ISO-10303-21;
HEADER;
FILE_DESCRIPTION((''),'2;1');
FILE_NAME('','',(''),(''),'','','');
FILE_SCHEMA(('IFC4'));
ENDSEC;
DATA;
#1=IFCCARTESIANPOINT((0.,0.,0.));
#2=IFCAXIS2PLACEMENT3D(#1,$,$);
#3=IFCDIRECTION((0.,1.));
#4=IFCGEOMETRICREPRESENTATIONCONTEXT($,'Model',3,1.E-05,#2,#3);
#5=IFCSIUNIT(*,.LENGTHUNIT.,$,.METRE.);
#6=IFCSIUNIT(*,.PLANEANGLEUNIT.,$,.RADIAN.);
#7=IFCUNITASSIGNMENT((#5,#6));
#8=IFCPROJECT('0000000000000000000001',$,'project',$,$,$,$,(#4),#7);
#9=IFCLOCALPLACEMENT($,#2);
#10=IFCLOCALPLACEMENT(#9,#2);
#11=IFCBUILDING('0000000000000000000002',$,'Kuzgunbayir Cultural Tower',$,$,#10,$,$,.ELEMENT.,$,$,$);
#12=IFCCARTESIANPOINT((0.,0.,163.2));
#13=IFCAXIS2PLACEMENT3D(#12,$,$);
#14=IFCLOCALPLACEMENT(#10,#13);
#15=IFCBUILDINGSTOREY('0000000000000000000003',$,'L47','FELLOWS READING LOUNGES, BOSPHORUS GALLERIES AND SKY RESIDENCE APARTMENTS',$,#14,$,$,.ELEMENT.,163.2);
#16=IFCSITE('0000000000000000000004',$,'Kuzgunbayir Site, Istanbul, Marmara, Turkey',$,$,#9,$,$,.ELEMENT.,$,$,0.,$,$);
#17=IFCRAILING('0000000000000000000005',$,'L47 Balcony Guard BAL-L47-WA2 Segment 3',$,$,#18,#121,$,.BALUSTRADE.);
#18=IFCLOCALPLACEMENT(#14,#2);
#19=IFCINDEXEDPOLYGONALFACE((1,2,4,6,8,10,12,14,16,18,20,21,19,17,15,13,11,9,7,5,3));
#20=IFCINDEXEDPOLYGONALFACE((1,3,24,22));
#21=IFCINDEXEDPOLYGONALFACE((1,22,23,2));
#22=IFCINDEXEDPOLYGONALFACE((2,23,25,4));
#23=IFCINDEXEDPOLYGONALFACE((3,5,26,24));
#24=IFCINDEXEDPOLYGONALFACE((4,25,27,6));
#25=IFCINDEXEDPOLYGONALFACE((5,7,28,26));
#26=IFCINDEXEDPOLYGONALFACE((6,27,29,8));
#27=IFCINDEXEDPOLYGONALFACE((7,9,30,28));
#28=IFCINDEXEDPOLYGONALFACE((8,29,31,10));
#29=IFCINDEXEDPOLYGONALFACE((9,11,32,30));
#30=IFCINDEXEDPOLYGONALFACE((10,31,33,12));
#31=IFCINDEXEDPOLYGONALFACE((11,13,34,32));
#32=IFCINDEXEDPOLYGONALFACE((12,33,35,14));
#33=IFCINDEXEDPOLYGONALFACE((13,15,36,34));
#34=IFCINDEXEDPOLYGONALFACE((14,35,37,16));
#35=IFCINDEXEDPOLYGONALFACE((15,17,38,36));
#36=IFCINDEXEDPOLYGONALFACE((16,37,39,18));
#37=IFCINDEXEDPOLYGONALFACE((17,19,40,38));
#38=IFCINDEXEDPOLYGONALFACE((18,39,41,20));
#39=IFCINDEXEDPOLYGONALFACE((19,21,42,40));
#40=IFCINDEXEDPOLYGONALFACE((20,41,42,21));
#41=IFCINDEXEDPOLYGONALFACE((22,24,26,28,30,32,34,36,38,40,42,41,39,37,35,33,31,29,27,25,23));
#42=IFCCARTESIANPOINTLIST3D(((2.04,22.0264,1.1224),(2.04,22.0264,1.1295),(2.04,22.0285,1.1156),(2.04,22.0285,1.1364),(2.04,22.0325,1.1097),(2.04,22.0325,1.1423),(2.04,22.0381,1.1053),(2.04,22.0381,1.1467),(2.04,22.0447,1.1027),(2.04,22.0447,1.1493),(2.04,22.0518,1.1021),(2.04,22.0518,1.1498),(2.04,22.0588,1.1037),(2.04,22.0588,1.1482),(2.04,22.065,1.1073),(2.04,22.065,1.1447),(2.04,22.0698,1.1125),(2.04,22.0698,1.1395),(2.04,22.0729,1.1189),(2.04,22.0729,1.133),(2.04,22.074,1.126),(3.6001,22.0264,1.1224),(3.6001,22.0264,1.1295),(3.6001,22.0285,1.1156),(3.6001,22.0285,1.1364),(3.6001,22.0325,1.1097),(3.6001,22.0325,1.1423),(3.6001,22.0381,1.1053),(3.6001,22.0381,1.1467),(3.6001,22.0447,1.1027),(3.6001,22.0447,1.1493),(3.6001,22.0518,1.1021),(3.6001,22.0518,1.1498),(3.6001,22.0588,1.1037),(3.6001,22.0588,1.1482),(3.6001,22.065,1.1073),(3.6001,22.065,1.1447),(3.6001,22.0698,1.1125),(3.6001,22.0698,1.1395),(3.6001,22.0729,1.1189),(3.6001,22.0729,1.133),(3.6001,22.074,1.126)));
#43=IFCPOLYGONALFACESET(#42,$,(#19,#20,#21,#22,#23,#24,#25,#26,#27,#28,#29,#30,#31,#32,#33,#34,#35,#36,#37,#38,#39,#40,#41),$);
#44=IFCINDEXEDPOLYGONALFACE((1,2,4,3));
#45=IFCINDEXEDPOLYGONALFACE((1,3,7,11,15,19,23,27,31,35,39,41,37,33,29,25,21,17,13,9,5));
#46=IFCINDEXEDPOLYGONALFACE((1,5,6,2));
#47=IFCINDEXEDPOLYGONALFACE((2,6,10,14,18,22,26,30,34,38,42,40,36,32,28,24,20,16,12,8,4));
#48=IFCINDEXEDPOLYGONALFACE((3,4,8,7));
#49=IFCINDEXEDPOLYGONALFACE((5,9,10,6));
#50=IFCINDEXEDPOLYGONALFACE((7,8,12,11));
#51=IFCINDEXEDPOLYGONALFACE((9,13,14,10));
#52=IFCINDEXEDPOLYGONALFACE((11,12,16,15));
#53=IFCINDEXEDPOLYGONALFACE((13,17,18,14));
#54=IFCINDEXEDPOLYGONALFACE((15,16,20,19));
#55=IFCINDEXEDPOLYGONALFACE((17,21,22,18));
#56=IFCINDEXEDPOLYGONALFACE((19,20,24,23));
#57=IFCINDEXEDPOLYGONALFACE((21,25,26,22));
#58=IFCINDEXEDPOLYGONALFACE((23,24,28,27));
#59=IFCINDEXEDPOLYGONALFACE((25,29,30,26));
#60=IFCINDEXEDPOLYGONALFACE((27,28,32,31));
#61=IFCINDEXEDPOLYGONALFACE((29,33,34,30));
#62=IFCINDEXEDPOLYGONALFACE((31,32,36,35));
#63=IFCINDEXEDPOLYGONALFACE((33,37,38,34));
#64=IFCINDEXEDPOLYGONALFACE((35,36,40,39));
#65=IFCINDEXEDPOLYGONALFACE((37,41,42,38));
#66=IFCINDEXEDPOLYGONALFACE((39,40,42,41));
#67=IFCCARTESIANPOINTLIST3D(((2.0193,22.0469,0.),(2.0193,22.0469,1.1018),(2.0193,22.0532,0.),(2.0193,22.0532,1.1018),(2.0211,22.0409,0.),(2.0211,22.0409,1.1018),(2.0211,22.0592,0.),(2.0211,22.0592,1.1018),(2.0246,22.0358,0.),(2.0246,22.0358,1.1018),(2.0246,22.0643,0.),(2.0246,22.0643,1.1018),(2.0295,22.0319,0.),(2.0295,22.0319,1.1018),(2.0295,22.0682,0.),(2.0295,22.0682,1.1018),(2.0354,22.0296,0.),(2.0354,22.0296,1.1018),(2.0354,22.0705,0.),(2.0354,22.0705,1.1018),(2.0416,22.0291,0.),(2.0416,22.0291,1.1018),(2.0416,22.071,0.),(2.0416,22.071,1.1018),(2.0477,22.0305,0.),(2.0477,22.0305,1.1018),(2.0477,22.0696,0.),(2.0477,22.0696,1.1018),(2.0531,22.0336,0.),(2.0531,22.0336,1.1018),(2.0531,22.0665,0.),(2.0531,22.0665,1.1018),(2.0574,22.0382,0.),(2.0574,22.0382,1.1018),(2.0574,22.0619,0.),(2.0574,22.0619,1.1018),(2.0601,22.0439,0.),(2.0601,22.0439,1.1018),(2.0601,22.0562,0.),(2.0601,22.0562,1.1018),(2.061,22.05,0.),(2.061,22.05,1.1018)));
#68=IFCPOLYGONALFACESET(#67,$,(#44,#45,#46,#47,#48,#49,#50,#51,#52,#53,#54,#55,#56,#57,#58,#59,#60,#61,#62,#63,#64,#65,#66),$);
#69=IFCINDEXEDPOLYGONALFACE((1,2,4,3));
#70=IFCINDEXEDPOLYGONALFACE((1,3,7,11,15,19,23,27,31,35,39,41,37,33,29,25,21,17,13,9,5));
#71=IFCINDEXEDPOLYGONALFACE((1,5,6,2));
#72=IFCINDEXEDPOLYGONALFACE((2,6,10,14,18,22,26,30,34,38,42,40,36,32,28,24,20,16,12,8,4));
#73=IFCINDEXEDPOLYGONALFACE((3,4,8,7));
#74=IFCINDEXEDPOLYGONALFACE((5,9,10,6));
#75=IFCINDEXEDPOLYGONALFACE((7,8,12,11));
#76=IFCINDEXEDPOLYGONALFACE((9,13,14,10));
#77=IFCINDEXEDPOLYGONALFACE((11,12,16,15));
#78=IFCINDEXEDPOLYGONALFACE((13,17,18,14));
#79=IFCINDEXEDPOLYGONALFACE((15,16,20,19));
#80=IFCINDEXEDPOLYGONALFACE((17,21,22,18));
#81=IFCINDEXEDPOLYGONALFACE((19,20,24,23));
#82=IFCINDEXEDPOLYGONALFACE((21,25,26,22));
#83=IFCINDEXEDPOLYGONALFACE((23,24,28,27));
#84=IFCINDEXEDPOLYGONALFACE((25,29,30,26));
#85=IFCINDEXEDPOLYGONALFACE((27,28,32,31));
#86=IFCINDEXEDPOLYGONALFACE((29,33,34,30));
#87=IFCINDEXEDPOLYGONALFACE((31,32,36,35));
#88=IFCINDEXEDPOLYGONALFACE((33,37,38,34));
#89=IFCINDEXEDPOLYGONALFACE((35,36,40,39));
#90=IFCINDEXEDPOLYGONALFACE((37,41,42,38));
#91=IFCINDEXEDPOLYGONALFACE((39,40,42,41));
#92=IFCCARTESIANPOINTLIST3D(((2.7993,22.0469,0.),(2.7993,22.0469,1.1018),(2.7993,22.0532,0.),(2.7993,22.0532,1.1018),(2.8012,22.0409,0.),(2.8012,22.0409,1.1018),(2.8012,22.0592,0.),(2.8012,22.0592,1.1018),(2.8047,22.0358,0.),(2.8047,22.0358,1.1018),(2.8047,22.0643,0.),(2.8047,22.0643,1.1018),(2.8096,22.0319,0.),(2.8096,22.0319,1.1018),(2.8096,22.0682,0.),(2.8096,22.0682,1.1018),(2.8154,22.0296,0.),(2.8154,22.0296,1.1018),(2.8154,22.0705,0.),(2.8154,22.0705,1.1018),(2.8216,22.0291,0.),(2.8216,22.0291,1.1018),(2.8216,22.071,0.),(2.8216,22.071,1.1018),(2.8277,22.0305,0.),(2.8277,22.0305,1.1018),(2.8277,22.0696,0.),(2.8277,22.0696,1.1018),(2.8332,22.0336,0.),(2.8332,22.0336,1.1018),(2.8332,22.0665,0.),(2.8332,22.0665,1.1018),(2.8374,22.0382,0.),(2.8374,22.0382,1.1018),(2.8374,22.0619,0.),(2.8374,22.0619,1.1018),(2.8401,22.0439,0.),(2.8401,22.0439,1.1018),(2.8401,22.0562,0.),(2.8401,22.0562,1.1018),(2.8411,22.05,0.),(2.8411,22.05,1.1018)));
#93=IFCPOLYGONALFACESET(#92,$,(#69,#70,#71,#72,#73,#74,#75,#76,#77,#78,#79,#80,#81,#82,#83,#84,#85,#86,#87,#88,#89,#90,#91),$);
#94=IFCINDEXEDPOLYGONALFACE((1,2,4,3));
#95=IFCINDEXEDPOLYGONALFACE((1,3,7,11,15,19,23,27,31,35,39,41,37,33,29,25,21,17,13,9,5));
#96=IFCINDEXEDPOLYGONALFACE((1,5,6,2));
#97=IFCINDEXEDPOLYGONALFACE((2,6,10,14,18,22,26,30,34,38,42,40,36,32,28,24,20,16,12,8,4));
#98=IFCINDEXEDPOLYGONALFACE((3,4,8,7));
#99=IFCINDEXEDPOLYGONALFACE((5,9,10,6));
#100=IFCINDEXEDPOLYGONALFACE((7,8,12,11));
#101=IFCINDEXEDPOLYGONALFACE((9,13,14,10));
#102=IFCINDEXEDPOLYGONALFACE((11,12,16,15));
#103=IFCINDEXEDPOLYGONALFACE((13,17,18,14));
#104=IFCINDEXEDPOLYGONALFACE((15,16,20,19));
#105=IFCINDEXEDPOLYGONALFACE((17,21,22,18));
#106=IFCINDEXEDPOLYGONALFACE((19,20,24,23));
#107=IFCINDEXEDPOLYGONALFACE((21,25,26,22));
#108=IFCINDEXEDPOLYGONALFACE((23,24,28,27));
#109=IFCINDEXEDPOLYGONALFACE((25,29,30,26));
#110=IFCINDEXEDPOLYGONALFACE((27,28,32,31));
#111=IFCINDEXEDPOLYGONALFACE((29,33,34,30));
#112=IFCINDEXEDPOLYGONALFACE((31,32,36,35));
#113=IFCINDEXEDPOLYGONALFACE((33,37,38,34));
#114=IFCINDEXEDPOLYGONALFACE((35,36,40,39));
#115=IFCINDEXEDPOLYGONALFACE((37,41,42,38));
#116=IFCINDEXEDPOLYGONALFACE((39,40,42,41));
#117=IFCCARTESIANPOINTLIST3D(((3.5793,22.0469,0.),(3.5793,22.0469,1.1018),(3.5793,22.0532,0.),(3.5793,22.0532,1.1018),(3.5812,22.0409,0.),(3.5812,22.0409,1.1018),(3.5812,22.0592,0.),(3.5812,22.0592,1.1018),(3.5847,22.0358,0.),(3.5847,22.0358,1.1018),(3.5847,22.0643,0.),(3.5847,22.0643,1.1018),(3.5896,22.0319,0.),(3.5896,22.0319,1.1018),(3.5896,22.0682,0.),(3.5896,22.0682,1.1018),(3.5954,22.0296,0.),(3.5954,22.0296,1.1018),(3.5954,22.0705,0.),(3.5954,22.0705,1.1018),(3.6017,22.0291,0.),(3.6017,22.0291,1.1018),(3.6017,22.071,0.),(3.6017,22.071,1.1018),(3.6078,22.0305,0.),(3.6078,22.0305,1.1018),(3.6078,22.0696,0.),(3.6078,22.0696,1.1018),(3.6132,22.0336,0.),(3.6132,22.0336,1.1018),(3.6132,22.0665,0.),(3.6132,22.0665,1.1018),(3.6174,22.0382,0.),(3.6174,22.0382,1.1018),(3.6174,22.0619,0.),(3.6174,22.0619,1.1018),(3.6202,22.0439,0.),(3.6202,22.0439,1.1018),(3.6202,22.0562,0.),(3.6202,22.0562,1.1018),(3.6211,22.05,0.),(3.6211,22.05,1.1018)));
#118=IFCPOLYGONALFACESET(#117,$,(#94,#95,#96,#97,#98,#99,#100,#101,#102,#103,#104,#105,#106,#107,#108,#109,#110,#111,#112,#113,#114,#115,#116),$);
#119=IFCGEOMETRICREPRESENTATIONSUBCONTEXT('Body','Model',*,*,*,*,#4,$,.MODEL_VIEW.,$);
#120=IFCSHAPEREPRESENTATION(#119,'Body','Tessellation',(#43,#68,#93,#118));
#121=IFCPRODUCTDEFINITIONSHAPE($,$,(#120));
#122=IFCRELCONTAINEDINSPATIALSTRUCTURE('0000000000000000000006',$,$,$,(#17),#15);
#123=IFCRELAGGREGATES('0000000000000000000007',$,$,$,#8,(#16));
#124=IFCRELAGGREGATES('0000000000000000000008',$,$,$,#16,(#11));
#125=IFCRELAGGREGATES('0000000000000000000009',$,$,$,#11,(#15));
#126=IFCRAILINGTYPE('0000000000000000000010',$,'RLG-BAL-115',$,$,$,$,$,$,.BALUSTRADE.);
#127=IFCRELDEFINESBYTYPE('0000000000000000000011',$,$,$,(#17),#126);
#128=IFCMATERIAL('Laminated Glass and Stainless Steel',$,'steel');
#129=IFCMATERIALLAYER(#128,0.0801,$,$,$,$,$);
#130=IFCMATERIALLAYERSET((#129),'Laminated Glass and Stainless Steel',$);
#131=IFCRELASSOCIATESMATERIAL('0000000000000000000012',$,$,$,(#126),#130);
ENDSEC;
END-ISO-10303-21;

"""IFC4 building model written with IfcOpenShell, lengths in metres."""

from ifc_helpers import new_model, si_unit, direction, frame, origin, origin_2d, place, context, subcontext, project, spatial, circle, extrude, material, layer, layer_set, type_object, element, save


model = new_model("IFC4")

# Units and contexts
model_context = context("Model", 3, precision=1e-05, world=origin(), true_north=direction((0.0, 1.0)))
body_context = subcontext(model_context, "Body", "Model", "MODEL_VIEW")
ifc_project = project(units=[si_unit("LENGTHUNIT", "METRE"), si_unit("PLANEANGLEUNIT", "RADIAN")], contexts=[model_context])

# Site, building, storey
site_placement = place(None, origin())
site = spatial("IfcSite", under=ifc_project, at=site_placement, Name="Kuzgunbayir Site, Istanbul, Marmara, Turkey", CompositionType="ELEMENT", RefElevation=0.0)
building_placement = place(site_placement, origin())
building = spatial("IfcBuilding", under=site, at=building_placement, Name="Kuzgunbayir Cultural Tower", CompositionType="ELEMENT")
storey_placement = place(building_placement, frame((0.0, 0.0, 163.2)))
storey = spatial("IfcBuildingStorey", under=building, at=storey_placement, Name="L47", Description="FELLOWS READING LOUNGES, BOSPHORUS GALLERIES AND SKY RESIDENCE APARTMENTS", CompositionType="ELEMENT", Elevation=163.2)

# Railing
ifc_material_1 = material(Name="Laminated Glass and Stainless Steel", Category="steel")
ifc_layer_1 = layer(ifc_material_1, 0.0801)
ifc_layer_set_1 = layer_set([ifc_layer_1], Name="Laminated Glass and Stainless Steel")
railing_type = type_object("IfcRailingType", Name="RLG-BAL-115", PredefinedType="BALUSTRADE", material=ifc_layer_set_1)
railing_1_placement = place(storey_placement, frame((2.04, 22.05, 0.0)))
element("IfcRailing", 1, at=railing_1_placement, inside=storey, type_object=railing_type, Name="L47 Balcony Guard BAL-L47-WA2 Segment 3", PredefinedType="BALUSTRADE", context=body_context, shape_type="SweptSolid", body=[
    extrude(circle(Radius=0.0239, at=origin_2d()), frame((0.0, 0.0, 1.126), z_axis=(1.0, 0.0, 0.0), x_axis=(0.0, 1.0, 0.0)), (0.0, 0.0, 1.0), 1.5601),
    extrude(circle(Radius=0.021, at=origin_2d()), origin(), (0.0, 0.0, 1.0), 1.1018),
    extrude(circle(Radius=0.021, at=origin_2d()), frame((0.78, 0.0, 0.0)), (0.0, 0.0, 1.0), 1.1018),
    extrude(circle(Radius=0.021, at=origin_2d()), frame((1.5601, 0.0, 0.0)), (0.0, 0.0, 1.0), 1.1018),
])

save(model, "model.ifc")
